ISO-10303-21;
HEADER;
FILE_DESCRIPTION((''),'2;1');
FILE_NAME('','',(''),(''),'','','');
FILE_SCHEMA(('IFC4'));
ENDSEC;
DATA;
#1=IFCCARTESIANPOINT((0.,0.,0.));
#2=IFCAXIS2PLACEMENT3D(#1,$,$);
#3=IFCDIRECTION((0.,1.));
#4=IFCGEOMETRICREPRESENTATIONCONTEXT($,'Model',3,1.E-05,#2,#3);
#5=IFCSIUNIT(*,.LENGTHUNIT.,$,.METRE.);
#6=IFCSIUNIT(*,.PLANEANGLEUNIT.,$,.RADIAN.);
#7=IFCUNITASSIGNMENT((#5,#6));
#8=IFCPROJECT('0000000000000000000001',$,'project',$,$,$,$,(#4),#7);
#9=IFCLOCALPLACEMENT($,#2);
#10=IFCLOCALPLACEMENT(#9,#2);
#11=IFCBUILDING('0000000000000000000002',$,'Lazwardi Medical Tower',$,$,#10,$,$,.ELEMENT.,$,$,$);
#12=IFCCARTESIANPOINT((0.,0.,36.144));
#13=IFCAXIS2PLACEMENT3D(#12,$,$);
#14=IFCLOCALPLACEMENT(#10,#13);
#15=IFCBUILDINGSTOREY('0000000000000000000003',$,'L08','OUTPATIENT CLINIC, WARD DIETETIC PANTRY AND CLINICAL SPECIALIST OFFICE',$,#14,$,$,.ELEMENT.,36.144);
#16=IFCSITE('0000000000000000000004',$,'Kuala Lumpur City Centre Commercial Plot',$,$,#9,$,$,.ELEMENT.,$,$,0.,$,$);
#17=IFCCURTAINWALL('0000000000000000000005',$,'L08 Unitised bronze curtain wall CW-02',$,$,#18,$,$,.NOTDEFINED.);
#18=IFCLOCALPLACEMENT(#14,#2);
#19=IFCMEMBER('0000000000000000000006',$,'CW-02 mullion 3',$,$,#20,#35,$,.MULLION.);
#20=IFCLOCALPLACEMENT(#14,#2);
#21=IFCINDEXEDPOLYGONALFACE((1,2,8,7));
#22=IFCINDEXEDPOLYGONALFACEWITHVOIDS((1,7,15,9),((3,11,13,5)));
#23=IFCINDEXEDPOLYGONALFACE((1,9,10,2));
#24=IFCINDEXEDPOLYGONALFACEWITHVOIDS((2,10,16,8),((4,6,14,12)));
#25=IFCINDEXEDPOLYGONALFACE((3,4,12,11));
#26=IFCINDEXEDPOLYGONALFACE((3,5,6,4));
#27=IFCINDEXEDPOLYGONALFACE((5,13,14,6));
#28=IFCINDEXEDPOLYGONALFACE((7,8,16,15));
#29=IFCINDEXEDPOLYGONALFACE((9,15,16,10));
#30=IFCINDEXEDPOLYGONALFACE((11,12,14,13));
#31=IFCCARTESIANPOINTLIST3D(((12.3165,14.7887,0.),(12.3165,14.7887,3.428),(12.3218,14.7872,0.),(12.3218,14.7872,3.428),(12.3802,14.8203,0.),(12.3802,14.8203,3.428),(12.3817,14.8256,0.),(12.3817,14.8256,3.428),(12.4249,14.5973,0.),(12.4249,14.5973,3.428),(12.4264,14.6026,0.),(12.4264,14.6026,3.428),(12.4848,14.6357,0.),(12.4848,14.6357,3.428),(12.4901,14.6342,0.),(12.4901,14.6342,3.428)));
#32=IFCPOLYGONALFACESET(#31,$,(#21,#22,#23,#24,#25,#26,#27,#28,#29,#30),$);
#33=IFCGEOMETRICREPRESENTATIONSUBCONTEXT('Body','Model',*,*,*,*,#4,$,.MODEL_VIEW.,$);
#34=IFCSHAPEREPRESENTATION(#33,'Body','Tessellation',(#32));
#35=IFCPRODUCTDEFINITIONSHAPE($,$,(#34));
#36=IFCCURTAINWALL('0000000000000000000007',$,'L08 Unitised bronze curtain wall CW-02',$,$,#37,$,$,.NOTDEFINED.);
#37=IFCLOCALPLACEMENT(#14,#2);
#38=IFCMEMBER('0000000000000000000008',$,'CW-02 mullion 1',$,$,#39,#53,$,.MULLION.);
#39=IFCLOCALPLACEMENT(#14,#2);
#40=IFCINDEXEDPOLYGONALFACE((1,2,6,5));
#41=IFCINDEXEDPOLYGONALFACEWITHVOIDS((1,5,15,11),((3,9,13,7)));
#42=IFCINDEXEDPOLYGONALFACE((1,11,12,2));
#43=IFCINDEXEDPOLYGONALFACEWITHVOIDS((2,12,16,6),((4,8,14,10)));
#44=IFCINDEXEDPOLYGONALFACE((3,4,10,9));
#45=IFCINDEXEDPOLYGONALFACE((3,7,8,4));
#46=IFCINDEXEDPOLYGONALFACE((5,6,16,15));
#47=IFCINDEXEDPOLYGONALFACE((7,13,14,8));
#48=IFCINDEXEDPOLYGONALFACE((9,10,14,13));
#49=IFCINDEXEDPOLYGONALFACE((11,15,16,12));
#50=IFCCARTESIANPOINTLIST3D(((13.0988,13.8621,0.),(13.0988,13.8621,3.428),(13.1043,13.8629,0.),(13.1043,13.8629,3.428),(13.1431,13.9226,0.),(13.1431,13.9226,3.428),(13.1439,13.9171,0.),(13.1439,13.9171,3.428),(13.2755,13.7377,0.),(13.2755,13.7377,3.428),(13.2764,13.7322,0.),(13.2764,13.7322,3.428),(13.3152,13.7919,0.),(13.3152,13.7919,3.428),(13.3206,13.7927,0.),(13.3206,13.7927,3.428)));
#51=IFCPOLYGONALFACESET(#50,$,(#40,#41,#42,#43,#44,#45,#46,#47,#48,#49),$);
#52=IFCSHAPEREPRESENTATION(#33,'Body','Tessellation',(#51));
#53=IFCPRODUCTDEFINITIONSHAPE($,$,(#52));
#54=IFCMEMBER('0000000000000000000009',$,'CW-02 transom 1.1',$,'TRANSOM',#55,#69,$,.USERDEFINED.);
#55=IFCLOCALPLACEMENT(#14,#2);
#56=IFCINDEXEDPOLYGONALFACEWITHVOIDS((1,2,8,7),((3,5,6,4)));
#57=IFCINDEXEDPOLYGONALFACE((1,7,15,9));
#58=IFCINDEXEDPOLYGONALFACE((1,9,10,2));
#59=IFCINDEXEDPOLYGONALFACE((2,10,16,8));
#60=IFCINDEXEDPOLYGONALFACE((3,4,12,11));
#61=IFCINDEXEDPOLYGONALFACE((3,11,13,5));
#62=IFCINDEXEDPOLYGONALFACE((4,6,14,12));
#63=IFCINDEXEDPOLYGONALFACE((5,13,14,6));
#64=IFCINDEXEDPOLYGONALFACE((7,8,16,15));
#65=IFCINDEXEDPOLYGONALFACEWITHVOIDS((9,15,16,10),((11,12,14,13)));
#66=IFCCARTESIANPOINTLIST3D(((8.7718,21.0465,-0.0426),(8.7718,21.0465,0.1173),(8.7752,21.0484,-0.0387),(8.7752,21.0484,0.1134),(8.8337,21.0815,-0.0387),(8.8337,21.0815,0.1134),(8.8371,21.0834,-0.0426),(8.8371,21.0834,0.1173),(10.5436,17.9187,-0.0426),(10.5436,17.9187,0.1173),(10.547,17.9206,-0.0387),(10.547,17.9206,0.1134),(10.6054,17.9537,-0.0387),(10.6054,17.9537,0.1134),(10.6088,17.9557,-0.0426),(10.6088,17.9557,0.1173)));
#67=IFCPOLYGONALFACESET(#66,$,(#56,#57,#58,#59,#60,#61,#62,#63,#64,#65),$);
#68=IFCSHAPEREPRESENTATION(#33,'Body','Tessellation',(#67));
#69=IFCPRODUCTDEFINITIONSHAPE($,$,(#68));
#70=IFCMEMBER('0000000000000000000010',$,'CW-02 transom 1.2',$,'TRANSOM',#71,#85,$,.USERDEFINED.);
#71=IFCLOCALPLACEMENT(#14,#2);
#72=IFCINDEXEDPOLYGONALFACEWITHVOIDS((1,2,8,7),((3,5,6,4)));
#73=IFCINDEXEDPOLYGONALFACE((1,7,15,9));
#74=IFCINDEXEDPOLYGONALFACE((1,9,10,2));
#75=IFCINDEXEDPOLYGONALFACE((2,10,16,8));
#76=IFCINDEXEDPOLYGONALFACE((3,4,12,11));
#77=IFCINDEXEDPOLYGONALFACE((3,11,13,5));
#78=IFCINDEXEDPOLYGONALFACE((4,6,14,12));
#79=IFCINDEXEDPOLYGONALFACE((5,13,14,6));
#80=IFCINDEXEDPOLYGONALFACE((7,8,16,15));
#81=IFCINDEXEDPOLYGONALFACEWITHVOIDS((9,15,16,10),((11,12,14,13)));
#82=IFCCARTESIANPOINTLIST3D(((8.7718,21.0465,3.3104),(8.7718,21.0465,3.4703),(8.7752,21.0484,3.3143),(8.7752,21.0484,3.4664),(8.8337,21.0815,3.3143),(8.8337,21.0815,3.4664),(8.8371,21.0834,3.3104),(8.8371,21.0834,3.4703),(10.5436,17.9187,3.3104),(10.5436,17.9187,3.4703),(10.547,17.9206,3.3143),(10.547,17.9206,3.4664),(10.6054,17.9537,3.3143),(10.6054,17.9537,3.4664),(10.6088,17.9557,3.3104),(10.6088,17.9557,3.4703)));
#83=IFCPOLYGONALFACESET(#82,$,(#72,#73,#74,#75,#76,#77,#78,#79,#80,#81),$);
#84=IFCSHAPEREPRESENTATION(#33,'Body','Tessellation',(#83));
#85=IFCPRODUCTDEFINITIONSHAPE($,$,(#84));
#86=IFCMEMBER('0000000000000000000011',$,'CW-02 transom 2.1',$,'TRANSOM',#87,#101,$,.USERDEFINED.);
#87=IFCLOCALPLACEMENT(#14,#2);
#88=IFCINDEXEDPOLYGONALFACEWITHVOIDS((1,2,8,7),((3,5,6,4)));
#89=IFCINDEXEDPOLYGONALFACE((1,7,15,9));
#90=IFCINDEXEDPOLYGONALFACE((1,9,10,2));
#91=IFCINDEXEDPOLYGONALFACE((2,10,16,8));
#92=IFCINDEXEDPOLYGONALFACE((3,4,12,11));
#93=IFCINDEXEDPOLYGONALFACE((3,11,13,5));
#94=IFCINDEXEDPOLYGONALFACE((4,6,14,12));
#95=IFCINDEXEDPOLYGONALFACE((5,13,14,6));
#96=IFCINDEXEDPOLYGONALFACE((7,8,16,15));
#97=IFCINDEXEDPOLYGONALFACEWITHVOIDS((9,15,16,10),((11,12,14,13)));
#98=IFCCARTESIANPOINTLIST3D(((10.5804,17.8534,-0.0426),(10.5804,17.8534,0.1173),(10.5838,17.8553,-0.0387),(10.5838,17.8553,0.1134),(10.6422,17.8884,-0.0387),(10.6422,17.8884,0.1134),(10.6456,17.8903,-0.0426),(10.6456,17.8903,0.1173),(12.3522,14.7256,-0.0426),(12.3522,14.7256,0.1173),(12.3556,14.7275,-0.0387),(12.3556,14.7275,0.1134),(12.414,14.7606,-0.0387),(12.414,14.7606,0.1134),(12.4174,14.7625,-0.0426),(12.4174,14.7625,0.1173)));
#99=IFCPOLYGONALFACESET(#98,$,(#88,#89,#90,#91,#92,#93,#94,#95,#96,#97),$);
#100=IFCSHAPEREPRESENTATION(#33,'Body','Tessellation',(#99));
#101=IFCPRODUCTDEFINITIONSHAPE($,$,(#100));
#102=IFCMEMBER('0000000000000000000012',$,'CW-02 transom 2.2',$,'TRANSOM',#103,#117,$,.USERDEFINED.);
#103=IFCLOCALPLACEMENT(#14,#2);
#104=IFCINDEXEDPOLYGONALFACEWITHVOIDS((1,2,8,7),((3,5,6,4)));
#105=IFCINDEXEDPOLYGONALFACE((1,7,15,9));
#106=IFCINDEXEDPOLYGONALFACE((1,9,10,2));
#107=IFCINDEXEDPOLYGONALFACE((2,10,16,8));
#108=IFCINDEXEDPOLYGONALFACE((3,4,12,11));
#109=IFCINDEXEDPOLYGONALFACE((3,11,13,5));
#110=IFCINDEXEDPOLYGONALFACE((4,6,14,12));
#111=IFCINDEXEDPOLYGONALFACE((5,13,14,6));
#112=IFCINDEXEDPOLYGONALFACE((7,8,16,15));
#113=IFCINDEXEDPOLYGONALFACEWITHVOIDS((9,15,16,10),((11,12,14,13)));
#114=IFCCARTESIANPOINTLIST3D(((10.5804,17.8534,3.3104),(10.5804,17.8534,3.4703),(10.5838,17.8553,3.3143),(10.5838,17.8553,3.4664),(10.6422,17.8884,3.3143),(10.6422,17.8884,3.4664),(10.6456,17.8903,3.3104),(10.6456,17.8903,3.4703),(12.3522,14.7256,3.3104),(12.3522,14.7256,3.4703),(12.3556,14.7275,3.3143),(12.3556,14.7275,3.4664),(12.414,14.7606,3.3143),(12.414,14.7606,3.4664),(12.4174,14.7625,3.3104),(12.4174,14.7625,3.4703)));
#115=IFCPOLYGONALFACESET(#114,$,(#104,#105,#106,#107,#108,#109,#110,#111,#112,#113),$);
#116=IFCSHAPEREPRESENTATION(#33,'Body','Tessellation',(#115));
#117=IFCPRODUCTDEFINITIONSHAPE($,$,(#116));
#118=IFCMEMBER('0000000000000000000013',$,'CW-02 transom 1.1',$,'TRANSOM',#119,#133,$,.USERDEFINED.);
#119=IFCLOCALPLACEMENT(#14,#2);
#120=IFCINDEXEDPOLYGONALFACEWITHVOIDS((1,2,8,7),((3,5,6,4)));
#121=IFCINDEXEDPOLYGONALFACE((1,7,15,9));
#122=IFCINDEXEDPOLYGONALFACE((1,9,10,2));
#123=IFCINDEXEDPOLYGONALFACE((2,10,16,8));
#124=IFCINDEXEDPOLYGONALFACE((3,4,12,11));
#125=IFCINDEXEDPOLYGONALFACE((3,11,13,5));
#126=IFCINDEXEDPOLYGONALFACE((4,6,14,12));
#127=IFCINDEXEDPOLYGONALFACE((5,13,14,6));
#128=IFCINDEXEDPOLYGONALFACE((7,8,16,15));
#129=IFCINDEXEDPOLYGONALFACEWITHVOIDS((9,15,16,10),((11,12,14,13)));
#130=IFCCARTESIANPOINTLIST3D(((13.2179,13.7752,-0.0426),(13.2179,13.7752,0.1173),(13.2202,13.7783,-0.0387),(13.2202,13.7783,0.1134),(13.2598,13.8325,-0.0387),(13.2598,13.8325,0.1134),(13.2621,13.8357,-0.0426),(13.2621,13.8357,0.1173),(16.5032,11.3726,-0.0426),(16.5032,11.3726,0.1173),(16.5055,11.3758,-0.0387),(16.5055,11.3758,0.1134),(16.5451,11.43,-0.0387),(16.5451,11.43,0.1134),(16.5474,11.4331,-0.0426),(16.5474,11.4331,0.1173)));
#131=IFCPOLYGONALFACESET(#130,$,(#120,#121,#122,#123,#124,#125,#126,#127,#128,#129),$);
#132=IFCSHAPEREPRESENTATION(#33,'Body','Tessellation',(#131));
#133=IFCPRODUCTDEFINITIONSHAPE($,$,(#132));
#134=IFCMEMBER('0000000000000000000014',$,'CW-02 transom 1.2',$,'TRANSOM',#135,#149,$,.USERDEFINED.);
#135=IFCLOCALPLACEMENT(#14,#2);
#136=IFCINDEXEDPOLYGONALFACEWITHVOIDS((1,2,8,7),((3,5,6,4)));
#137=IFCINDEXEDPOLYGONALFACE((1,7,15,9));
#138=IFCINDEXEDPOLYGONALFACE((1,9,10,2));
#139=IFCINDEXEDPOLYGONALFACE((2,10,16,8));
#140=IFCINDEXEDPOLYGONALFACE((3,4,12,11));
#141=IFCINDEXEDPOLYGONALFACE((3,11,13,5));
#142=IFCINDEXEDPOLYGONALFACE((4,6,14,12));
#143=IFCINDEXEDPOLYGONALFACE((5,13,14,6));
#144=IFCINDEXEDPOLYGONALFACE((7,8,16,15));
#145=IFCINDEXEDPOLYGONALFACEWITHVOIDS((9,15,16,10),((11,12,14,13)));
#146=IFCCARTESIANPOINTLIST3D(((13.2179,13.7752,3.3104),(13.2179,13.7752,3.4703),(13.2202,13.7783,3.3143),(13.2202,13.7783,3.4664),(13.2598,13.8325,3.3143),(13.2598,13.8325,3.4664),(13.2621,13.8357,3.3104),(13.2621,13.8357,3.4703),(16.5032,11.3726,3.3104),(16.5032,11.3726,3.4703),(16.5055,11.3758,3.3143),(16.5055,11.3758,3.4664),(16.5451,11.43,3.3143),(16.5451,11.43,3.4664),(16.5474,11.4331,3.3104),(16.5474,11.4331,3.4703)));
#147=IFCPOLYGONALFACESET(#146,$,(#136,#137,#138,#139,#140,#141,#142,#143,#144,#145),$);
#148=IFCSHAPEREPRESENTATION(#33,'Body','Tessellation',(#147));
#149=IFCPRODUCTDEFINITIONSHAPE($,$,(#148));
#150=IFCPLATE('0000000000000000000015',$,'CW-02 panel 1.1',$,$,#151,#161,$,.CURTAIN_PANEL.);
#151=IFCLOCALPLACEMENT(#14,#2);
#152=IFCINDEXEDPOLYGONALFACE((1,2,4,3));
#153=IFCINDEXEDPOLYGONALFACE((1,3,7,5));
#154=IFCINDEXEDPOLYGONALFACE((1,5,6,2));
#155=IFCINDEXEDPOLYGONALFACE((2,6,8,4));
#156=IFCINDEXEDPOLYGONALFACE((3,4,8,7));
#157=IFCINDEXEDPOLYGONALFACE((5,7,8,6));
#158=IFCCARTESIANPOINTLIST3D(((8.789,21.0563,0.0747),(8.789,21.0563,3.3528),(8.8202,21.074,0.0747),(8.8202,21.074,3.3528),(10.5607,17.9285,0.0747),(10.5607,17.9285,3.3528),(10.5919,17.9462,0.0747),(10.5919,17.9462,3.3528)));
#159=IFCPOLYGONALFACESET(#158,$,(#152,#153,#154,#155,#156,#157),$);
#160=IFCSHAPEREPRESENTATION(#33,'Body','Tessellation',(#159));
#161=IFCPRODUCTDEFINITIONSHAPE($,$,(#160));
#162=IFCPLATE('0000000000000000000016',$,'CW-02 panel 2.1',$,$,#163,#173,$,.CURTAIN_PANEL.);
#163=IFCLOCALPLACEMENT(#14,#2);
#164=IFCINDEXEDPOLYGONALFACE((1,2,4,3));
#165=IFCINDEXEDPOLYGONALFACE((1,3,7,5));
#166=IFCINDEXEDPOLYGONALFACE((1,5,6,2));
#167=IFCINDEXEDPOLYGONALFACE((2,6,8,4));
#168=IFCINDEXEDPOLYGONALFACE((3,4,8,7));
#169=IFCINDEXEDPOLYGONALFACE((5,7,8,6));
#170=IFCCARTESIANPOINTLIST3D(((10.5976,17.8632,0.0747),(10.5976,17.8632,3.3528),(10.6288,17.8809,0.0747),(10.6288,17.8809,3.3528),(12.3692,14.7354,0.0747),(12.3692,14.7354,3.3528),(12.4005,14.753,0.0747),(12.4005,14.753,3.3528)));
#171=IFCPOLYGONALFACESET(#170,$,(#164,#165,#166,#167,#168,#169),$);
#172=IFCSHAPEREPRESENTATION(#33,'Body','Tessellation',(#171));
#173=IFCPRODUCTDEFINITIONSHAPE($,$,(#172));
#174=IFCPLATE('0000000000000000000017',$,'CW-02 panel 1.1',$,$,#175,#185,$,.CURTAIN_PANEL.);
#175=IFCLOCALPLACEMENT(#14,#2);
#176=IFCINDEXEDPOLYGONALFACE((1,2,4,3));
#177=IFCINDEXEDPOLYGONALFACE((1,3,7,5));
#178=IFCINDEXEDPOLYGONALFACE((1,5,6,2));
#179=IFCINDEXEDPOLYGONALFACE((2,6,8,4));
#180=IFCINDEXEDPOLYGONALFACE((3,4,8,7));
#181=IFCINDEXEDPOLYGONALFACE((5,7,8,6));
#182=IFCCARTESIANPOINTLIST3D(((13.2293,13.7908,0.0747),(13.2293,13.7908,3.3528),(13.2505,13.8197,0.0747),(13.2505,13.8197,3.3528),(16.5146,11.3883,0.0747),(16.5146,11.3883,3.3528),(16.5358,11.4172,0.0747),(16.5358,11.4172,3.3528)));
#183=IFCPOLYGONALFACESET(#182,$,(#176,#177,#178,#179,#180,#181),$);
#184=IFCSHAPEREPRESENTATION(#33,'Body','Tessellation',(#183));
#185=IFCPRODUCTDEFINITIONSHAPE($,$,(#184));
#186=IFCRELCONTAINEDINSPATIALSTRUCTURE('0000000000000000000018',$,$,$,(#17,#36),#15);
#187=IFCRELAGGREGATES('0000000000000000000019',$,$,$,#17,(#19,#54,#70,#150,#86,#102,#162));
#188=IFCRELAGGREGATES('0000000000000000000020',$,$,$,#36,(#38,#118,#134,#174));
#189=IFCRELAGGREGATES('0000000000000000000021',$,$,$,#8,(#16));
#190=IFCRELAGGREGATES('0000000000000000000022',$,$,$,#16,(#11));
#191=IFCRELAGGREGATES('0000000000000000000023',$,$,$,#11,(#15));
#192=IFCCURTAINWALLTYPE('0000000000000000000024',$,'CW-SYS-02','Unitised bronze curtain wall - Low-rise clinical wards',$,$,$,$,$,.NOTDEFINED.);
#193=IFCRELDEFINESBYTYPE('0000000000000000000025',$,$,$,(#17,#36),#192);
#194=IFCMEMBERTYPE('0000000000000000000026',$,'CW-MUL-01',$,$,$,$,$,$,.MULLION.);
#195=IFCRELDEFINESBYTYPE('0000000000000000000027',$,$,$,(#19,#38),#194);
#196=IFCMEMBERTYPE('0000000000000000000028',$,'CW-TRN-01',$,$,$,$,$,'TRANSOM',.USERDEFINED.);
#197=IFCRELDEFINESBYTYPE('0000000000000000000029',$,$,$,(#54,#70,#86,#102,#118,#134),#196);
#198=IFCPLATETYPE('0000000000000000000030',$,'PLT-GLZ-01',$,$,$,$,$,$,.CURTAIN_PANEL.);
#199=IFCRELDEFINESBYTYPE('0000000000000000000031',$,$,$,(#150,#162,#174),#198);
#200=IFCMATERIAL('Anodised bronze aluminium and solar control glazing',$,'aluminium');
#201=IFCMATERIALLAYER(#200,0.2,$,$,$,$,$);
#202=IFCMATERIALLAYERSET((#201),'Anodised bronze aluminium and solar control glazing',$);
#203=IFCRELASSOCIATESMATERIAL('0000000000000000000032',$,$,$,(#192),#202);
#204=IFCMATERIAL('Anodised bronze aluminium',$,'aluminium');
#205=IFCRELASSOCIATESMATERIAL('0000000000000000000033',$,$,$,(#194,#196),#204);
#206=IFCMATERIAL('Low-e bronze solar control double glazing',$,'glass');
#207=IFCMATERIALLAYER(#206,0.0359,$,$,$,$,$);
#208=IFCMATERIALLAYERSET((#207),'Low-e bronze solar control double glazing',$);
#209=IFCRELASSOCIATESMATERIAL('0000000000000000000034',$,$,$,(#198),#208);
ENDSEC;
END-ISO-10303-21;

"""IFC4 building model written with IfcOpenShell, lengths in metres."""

from ifc_helpers import new_model, si_unit, direction, frame, origin, origin_2d, place, context, subcontext, project, spatial, rectangle, hollow_rectangle, extrude, material, layer, layer_set, material_profile, profile_set, type_object, element, aggregate, save


model = new_model("IFC4")

# Units and contexts
model_context = context("Model", 3, precision=1e-05, world=origin(), true_north=direction((0.0, 1.0)))
body_context = subcontext(model_context, "Body", "Model", "MODEL_VIEW")
ifc_project = project(units=[si_unit("LENGTHUNIT", "METRE"), si_unit("PLANEANGLEUNIT", "RADIAN")], contexts=[model_context])

# Site, building, storey
site_placement = place(None, origin())
site = spatial("IfcSite", under=ifc_project, at=site_placement, Name="Kuala Lumpur City Centre Commercial Plot", CompositionType="ELEMENT", RefElevation=0.0)
building_placement = place(site_placement, origin())
building = spatial("IfcBuilding", under=site, at=building_placement, Name="Lazwardi Medical Tower", CompositionType="ELEMENT")
storey_placement = place(building_placement, frame((0.0, 0.0, 36.144)))
storey = spatial("IfcBuildingStorey", under=building, at=storey_placement, Name="L08", Description="OUTPATIENT CLINIC, WARD DIETETIC PANTRY AND CLINICAL SPECIALIST OFFICE", CompositionType="ELEMENT", Elevation=36.144)

# Curtain wall, member
ifc_material_1 = material(Name="Anodised bronze aluminium and solar control glazing", Category="aluminium")
ifc_layer_1 = layer(ifc_material_1, 0.2)
ifc_layer_set_1 = layer_set([ifc_layer_1], Name="Anodised bronze aluminium and solar control glazing")
curtain_wall_type = type_object("IfcCurtainWallType", Name="CW-SYS-02", Description="Unitised bronze curtain wall - Low-rise clinical wards", PredefinedType="NOTDEFINED", material=ifc_layer_set_1)
curtain_wall_1_placement = place(storey_placement, origin())
curtain_wall_1 = element("IfcCurtainWall", 1, at=curtain_wall_1_placement, inside=storey, type_object=curtain_wall_type, Name="L08 Unitised bronze curtain wall CW-02", PredefinedType="NOTDEFINED")
ifc_material_2 = material(Name="Anodised bronze aluminium", Category="aluminium")
ifc_material_profile_1 = material_profile(ifc_material_2, hollow_rectangle(XDim=0.075, YDim=0.22, WallThickness=0.0039, at=origin_2d()), Name="ALU-MULLION 220x75x4")
ifc_profile_set_1 = profile_set([ifc_material_profile_1], Name="Anodised bronze aluminium")
member_type_1 = type_object("IfcMemberType", Name="CW-MUL-01", PredefinedType="MULLION", material=ifc_profile_set_1)
member_1_placement = place(storey_placement, frame((12.4033, 14.7114, 0.0), z_axis=(0.0, 0.0, 1.0), x_axis=(0.870112, 0.492854, 0.0)))
member_1 = element("IfcMember", 2, at=member_1_placement, type_object=member_type_1, Name="CW-02 mullion 3", PredefinedType="MULLION", context=body_context, shape_type="SweptSolid", body=[
    extrude(hollow_rectangle(XDim=0.075, YDim=0.22, WallThickness=0.0039, at=origin_2d()), origin(), (0.0, 0.0, 1.0), 3.428),
])

# Curtain wall, member
curtain_wall_2_placement = place(storey_placement, origin())
curtain_wall_2 = element("IfcCurtainWall", 3, at=curtain_wall_2_placement, inside=storey, type_object=curtain_wall_type, Name="L08 Unitised bronze curtain wall CW-02", PredefinedType="NOTDEFINED")
member_2_placement = place(storey_placement, frame((13.2097, 13.8274, 0.0), z_axis=(0.0, 0.0, 1.0), x_axis=(0.590289, 0.807192, 0.0)))
member_2 = element("IfcMember", 4, at=member_2_placement, type_object=member_type_1, Name="CW-02 mullion 1", PredefinedType="MULLION", context=body_context, shape_type="SweptSolid", body=[
    extrude(hollow_rectangle(XDim=0.075, YDim=0.22, WallThickness=0.0039, at=origin_2d()), origin(), (0.0, 0.0, 1.0), 3.428),
])

# Members
ifc_material_profile_2 = material_profile(ifc_material_2, hollow_rectangle(XDim=0.075, YDim=0.1599, WallThickness=0.0039, at=origin_2d()), Name="ALU-TRANSOM 160x75x4")
ifc_profile_set_2 = profile_set([ifc_material_profile_2], Name="Anodised bronze aluminium")
member_type_2 = type_object("IfcMemberType", Name="CW-TRN-01", ElementType="TRANSOM", PredefinedType="USERDEFINED", material=ifc_profile_set_2)
member_3_placement = place(storey_placement, frame((8.8044, 21.0649, 0.0374), z_axis=(0.492881, -0.870097, 0.0), x_axis=(0.870097, 0.492881, 0.0)))
member_3 = element("IfcMember", 5, at=member_3_placement, type_object=member_type_2, Name="CW-02 transom 1.1", ObjectType="TRANSOM", PredefinedType="USERDEFINED", context=body_context, shape_type="SweptSolid", body=[
    extrude(hollow_rectangle(XDim=0.075, YDim=0.1599, WallThickness=0.0039, at=origin_2d()), origin(), (0.0, 0.0, 1.0), 3.5947),
])
member_4_placement = place(storey_placement, frame((8.8044, 21.0649, 3.3904), z_axis=(0.492881, -0.870097, 0.0), x_axis=(0.870097, 0.492881, 0.0)))
member_4 = element("IfcMember", 6, at=member_4_placement, type_object=member_type_2, Name="CW-02 transom 1.2", ObjectType="TRANSOM", PredefinedType="USERDEFINED", context=body_context, shape_type="SweptSolid", body=[
    extrude(hollow_rectangle(XDim=0.075, YDim=0.1599, WallThickness=0.0039, at=origin_2d()), origin(), (0.0, 0.0, 1.0), 3.5947),
])
member_5_placement = place(storey_placement, frame((10.613, 17.8718, 0.0374), z_axis=(0.492881, -0.870097, 0.0), x_axis=(0.870097, 0.492881, 0.0)))
member_5 = element("IfcMember", 7, at=member_5_placement, type_object=member_type_2, Name="CW-02 transom 2.1", ObjectType="TRANSOM", PredefinedType="USERDEFINED", context=body_context, shape_type="SweptSolid", body=[
    extrude(hollow_rectangle(XDim=0.075, YDim=0.1599, WallThickness=0.0039, at=origin_2d()), origin(), (0.0, 0.0, 1.0), 3.5947),
])
member_6_placement = place(storey_placement, frame((10.613, 17.8718, 3.3904), z_axis=(0.492881, -0.870097, 0.0), x_axis=(0.870097, 0.492881, 0.0)))
member_6 = element("IfcMember", 8, at=member_6_placement, type_object=member_type_2, Name="CW-02 transom 2.2", ObjectType="TRANSOM", PredefinedType="USERDEFINED", context=body_context, shape_type="SweptSolid", body=[
    extrude(hollow_rectangle(XDim=0.075, YDim=0.1599, WallThickness=0.0039, at=origin_2d()), origin(), (0.0, 0.0, 1.0), 3.5947),
])
member_7_placement = place(storey_placement, frame((13.24, 13.8054, 0.0374), z_axis=(0.80719, -0.590292, 0.0), x_axis=(0.590292, 0.80719, 0.0)))
member_7 = element("IfcMember", 9, at=member_7_placement, type_object=member_type_2, Name="CW-02 transom 1.1", ObjectType="TRANSOM", PredefinedType="USERDEFINED", context=body_context, shape_type="SweptSolid", body=[
    extrude(hollow_rectangle(XDim=0.075, YDim=0.1599, WallThickness=0.0039, at=origin_2d()), origin(), (0.0, 0.0, 1.0), 4.0701),
])
member_8_placement = place(storey_placement, frame((13.24, 13.8054, 3.3904), z_axis=(0.80719, -0.590292, 0.0), x_axis=(0.590292, 0.80719, 0.0)))
member_8 = element("IfcMember", 10, at=member_8_placement, type_object=member_type_2, Name="CW-02 transom 1.2", ObjectType="TRANSOM", PredefinedType="USERDEFINED", context=body_context, shape_type="SweptSolid", body=[
    extrude(hollow_rectangle(XDim=0.075, YDim=0.1599, WallThickness=0.0039, at=origin_2d()), origin(), (0.0, 0.0, 1.0), 4.0701),
])

# Plates
ifc_material_3 = material(Name="Low-e bronze solar control double glazing", Category="glass")
ifc_layer_2 = layer(ifc_material_3, 0.0359)
ifc_layer_set_2 = layer_set([ifc_layer_2], Name="Low-e bronze solar control double glazing")
plate_type = type_object("IfcPlateType", Name="PLT-GLZ-01", PredefinedType="CURTAIN_PANEL", material=ifc_layer_set_2)
plate_1_placement = place(storey_placement, frame((9.6904, 19.5012, 0.0747), z_axis=(0.0, 0.0, 1.0), x_axis=(0.492854, -0.870112, 0.0)))
plate_1 = element("IfcPlate", 11, at=plate_1_placement, type_object=plate_type, Name="CW-02 panel 1.1", PredefinedType="CURTAIN_PANEL", context=body_context, shape_type="SweptSolid", body=[
    extrude(rectangle(XDim=3.5947, YDim=0.0359, at=origin_2d()), origin(), (0.0, 0.0, 1.0), 3.2781),
])
plate_2_placement = place(storey_placement, frame((11.499, 16.3081, 0.0747), z_axis=(0.0, 0.0, 1.0), x_axis=(0.492854, -0.870112, 0.0)))
plate_2 = element("IfcPlate", 12, at=plate_2_placement, type_object=plate_type, Name="CW-02 panel 2.1", PredefinedType="CURTAIN_PANEL", context=body_context, shape_type="SweptSolid", body=[
    extrude(rectangle(XDim=3.5947, YDim=0.0359, at=origin_2d()), origin(), (0.0, 0.0, 1.0), 3.2781),
])
aggregate(curtain_wall_1, [member_1, member_3, member_4, plate_1, member_5, member_6, plate_2])
plate_3_placement = place(storey_placement, frame((14.8826, 12.604, 0.0747), z_axis=(0.0, 0.0, 1.0), x_axis=(0.807192, -0.590289, 0.0)))
plate_3 = element("IfcPlate", 13, at=plate_3_placement, type_object=plate_type, Name="CW-02 panel 1.1", PredefinedType="CURTAIN_PANEL", context=body_context, shape_type="SweptSolid", body=[
    extrude(rectangle(XDim=4.0701, YDim=0.0359, at=origin_2d()), origin(), (0.0, 0.0, 1.0), 3.2781),
])
aggregate(curtain_wall_2, [member_2, member_7, member_8, plate_3])

save(model, "model.ifc")
